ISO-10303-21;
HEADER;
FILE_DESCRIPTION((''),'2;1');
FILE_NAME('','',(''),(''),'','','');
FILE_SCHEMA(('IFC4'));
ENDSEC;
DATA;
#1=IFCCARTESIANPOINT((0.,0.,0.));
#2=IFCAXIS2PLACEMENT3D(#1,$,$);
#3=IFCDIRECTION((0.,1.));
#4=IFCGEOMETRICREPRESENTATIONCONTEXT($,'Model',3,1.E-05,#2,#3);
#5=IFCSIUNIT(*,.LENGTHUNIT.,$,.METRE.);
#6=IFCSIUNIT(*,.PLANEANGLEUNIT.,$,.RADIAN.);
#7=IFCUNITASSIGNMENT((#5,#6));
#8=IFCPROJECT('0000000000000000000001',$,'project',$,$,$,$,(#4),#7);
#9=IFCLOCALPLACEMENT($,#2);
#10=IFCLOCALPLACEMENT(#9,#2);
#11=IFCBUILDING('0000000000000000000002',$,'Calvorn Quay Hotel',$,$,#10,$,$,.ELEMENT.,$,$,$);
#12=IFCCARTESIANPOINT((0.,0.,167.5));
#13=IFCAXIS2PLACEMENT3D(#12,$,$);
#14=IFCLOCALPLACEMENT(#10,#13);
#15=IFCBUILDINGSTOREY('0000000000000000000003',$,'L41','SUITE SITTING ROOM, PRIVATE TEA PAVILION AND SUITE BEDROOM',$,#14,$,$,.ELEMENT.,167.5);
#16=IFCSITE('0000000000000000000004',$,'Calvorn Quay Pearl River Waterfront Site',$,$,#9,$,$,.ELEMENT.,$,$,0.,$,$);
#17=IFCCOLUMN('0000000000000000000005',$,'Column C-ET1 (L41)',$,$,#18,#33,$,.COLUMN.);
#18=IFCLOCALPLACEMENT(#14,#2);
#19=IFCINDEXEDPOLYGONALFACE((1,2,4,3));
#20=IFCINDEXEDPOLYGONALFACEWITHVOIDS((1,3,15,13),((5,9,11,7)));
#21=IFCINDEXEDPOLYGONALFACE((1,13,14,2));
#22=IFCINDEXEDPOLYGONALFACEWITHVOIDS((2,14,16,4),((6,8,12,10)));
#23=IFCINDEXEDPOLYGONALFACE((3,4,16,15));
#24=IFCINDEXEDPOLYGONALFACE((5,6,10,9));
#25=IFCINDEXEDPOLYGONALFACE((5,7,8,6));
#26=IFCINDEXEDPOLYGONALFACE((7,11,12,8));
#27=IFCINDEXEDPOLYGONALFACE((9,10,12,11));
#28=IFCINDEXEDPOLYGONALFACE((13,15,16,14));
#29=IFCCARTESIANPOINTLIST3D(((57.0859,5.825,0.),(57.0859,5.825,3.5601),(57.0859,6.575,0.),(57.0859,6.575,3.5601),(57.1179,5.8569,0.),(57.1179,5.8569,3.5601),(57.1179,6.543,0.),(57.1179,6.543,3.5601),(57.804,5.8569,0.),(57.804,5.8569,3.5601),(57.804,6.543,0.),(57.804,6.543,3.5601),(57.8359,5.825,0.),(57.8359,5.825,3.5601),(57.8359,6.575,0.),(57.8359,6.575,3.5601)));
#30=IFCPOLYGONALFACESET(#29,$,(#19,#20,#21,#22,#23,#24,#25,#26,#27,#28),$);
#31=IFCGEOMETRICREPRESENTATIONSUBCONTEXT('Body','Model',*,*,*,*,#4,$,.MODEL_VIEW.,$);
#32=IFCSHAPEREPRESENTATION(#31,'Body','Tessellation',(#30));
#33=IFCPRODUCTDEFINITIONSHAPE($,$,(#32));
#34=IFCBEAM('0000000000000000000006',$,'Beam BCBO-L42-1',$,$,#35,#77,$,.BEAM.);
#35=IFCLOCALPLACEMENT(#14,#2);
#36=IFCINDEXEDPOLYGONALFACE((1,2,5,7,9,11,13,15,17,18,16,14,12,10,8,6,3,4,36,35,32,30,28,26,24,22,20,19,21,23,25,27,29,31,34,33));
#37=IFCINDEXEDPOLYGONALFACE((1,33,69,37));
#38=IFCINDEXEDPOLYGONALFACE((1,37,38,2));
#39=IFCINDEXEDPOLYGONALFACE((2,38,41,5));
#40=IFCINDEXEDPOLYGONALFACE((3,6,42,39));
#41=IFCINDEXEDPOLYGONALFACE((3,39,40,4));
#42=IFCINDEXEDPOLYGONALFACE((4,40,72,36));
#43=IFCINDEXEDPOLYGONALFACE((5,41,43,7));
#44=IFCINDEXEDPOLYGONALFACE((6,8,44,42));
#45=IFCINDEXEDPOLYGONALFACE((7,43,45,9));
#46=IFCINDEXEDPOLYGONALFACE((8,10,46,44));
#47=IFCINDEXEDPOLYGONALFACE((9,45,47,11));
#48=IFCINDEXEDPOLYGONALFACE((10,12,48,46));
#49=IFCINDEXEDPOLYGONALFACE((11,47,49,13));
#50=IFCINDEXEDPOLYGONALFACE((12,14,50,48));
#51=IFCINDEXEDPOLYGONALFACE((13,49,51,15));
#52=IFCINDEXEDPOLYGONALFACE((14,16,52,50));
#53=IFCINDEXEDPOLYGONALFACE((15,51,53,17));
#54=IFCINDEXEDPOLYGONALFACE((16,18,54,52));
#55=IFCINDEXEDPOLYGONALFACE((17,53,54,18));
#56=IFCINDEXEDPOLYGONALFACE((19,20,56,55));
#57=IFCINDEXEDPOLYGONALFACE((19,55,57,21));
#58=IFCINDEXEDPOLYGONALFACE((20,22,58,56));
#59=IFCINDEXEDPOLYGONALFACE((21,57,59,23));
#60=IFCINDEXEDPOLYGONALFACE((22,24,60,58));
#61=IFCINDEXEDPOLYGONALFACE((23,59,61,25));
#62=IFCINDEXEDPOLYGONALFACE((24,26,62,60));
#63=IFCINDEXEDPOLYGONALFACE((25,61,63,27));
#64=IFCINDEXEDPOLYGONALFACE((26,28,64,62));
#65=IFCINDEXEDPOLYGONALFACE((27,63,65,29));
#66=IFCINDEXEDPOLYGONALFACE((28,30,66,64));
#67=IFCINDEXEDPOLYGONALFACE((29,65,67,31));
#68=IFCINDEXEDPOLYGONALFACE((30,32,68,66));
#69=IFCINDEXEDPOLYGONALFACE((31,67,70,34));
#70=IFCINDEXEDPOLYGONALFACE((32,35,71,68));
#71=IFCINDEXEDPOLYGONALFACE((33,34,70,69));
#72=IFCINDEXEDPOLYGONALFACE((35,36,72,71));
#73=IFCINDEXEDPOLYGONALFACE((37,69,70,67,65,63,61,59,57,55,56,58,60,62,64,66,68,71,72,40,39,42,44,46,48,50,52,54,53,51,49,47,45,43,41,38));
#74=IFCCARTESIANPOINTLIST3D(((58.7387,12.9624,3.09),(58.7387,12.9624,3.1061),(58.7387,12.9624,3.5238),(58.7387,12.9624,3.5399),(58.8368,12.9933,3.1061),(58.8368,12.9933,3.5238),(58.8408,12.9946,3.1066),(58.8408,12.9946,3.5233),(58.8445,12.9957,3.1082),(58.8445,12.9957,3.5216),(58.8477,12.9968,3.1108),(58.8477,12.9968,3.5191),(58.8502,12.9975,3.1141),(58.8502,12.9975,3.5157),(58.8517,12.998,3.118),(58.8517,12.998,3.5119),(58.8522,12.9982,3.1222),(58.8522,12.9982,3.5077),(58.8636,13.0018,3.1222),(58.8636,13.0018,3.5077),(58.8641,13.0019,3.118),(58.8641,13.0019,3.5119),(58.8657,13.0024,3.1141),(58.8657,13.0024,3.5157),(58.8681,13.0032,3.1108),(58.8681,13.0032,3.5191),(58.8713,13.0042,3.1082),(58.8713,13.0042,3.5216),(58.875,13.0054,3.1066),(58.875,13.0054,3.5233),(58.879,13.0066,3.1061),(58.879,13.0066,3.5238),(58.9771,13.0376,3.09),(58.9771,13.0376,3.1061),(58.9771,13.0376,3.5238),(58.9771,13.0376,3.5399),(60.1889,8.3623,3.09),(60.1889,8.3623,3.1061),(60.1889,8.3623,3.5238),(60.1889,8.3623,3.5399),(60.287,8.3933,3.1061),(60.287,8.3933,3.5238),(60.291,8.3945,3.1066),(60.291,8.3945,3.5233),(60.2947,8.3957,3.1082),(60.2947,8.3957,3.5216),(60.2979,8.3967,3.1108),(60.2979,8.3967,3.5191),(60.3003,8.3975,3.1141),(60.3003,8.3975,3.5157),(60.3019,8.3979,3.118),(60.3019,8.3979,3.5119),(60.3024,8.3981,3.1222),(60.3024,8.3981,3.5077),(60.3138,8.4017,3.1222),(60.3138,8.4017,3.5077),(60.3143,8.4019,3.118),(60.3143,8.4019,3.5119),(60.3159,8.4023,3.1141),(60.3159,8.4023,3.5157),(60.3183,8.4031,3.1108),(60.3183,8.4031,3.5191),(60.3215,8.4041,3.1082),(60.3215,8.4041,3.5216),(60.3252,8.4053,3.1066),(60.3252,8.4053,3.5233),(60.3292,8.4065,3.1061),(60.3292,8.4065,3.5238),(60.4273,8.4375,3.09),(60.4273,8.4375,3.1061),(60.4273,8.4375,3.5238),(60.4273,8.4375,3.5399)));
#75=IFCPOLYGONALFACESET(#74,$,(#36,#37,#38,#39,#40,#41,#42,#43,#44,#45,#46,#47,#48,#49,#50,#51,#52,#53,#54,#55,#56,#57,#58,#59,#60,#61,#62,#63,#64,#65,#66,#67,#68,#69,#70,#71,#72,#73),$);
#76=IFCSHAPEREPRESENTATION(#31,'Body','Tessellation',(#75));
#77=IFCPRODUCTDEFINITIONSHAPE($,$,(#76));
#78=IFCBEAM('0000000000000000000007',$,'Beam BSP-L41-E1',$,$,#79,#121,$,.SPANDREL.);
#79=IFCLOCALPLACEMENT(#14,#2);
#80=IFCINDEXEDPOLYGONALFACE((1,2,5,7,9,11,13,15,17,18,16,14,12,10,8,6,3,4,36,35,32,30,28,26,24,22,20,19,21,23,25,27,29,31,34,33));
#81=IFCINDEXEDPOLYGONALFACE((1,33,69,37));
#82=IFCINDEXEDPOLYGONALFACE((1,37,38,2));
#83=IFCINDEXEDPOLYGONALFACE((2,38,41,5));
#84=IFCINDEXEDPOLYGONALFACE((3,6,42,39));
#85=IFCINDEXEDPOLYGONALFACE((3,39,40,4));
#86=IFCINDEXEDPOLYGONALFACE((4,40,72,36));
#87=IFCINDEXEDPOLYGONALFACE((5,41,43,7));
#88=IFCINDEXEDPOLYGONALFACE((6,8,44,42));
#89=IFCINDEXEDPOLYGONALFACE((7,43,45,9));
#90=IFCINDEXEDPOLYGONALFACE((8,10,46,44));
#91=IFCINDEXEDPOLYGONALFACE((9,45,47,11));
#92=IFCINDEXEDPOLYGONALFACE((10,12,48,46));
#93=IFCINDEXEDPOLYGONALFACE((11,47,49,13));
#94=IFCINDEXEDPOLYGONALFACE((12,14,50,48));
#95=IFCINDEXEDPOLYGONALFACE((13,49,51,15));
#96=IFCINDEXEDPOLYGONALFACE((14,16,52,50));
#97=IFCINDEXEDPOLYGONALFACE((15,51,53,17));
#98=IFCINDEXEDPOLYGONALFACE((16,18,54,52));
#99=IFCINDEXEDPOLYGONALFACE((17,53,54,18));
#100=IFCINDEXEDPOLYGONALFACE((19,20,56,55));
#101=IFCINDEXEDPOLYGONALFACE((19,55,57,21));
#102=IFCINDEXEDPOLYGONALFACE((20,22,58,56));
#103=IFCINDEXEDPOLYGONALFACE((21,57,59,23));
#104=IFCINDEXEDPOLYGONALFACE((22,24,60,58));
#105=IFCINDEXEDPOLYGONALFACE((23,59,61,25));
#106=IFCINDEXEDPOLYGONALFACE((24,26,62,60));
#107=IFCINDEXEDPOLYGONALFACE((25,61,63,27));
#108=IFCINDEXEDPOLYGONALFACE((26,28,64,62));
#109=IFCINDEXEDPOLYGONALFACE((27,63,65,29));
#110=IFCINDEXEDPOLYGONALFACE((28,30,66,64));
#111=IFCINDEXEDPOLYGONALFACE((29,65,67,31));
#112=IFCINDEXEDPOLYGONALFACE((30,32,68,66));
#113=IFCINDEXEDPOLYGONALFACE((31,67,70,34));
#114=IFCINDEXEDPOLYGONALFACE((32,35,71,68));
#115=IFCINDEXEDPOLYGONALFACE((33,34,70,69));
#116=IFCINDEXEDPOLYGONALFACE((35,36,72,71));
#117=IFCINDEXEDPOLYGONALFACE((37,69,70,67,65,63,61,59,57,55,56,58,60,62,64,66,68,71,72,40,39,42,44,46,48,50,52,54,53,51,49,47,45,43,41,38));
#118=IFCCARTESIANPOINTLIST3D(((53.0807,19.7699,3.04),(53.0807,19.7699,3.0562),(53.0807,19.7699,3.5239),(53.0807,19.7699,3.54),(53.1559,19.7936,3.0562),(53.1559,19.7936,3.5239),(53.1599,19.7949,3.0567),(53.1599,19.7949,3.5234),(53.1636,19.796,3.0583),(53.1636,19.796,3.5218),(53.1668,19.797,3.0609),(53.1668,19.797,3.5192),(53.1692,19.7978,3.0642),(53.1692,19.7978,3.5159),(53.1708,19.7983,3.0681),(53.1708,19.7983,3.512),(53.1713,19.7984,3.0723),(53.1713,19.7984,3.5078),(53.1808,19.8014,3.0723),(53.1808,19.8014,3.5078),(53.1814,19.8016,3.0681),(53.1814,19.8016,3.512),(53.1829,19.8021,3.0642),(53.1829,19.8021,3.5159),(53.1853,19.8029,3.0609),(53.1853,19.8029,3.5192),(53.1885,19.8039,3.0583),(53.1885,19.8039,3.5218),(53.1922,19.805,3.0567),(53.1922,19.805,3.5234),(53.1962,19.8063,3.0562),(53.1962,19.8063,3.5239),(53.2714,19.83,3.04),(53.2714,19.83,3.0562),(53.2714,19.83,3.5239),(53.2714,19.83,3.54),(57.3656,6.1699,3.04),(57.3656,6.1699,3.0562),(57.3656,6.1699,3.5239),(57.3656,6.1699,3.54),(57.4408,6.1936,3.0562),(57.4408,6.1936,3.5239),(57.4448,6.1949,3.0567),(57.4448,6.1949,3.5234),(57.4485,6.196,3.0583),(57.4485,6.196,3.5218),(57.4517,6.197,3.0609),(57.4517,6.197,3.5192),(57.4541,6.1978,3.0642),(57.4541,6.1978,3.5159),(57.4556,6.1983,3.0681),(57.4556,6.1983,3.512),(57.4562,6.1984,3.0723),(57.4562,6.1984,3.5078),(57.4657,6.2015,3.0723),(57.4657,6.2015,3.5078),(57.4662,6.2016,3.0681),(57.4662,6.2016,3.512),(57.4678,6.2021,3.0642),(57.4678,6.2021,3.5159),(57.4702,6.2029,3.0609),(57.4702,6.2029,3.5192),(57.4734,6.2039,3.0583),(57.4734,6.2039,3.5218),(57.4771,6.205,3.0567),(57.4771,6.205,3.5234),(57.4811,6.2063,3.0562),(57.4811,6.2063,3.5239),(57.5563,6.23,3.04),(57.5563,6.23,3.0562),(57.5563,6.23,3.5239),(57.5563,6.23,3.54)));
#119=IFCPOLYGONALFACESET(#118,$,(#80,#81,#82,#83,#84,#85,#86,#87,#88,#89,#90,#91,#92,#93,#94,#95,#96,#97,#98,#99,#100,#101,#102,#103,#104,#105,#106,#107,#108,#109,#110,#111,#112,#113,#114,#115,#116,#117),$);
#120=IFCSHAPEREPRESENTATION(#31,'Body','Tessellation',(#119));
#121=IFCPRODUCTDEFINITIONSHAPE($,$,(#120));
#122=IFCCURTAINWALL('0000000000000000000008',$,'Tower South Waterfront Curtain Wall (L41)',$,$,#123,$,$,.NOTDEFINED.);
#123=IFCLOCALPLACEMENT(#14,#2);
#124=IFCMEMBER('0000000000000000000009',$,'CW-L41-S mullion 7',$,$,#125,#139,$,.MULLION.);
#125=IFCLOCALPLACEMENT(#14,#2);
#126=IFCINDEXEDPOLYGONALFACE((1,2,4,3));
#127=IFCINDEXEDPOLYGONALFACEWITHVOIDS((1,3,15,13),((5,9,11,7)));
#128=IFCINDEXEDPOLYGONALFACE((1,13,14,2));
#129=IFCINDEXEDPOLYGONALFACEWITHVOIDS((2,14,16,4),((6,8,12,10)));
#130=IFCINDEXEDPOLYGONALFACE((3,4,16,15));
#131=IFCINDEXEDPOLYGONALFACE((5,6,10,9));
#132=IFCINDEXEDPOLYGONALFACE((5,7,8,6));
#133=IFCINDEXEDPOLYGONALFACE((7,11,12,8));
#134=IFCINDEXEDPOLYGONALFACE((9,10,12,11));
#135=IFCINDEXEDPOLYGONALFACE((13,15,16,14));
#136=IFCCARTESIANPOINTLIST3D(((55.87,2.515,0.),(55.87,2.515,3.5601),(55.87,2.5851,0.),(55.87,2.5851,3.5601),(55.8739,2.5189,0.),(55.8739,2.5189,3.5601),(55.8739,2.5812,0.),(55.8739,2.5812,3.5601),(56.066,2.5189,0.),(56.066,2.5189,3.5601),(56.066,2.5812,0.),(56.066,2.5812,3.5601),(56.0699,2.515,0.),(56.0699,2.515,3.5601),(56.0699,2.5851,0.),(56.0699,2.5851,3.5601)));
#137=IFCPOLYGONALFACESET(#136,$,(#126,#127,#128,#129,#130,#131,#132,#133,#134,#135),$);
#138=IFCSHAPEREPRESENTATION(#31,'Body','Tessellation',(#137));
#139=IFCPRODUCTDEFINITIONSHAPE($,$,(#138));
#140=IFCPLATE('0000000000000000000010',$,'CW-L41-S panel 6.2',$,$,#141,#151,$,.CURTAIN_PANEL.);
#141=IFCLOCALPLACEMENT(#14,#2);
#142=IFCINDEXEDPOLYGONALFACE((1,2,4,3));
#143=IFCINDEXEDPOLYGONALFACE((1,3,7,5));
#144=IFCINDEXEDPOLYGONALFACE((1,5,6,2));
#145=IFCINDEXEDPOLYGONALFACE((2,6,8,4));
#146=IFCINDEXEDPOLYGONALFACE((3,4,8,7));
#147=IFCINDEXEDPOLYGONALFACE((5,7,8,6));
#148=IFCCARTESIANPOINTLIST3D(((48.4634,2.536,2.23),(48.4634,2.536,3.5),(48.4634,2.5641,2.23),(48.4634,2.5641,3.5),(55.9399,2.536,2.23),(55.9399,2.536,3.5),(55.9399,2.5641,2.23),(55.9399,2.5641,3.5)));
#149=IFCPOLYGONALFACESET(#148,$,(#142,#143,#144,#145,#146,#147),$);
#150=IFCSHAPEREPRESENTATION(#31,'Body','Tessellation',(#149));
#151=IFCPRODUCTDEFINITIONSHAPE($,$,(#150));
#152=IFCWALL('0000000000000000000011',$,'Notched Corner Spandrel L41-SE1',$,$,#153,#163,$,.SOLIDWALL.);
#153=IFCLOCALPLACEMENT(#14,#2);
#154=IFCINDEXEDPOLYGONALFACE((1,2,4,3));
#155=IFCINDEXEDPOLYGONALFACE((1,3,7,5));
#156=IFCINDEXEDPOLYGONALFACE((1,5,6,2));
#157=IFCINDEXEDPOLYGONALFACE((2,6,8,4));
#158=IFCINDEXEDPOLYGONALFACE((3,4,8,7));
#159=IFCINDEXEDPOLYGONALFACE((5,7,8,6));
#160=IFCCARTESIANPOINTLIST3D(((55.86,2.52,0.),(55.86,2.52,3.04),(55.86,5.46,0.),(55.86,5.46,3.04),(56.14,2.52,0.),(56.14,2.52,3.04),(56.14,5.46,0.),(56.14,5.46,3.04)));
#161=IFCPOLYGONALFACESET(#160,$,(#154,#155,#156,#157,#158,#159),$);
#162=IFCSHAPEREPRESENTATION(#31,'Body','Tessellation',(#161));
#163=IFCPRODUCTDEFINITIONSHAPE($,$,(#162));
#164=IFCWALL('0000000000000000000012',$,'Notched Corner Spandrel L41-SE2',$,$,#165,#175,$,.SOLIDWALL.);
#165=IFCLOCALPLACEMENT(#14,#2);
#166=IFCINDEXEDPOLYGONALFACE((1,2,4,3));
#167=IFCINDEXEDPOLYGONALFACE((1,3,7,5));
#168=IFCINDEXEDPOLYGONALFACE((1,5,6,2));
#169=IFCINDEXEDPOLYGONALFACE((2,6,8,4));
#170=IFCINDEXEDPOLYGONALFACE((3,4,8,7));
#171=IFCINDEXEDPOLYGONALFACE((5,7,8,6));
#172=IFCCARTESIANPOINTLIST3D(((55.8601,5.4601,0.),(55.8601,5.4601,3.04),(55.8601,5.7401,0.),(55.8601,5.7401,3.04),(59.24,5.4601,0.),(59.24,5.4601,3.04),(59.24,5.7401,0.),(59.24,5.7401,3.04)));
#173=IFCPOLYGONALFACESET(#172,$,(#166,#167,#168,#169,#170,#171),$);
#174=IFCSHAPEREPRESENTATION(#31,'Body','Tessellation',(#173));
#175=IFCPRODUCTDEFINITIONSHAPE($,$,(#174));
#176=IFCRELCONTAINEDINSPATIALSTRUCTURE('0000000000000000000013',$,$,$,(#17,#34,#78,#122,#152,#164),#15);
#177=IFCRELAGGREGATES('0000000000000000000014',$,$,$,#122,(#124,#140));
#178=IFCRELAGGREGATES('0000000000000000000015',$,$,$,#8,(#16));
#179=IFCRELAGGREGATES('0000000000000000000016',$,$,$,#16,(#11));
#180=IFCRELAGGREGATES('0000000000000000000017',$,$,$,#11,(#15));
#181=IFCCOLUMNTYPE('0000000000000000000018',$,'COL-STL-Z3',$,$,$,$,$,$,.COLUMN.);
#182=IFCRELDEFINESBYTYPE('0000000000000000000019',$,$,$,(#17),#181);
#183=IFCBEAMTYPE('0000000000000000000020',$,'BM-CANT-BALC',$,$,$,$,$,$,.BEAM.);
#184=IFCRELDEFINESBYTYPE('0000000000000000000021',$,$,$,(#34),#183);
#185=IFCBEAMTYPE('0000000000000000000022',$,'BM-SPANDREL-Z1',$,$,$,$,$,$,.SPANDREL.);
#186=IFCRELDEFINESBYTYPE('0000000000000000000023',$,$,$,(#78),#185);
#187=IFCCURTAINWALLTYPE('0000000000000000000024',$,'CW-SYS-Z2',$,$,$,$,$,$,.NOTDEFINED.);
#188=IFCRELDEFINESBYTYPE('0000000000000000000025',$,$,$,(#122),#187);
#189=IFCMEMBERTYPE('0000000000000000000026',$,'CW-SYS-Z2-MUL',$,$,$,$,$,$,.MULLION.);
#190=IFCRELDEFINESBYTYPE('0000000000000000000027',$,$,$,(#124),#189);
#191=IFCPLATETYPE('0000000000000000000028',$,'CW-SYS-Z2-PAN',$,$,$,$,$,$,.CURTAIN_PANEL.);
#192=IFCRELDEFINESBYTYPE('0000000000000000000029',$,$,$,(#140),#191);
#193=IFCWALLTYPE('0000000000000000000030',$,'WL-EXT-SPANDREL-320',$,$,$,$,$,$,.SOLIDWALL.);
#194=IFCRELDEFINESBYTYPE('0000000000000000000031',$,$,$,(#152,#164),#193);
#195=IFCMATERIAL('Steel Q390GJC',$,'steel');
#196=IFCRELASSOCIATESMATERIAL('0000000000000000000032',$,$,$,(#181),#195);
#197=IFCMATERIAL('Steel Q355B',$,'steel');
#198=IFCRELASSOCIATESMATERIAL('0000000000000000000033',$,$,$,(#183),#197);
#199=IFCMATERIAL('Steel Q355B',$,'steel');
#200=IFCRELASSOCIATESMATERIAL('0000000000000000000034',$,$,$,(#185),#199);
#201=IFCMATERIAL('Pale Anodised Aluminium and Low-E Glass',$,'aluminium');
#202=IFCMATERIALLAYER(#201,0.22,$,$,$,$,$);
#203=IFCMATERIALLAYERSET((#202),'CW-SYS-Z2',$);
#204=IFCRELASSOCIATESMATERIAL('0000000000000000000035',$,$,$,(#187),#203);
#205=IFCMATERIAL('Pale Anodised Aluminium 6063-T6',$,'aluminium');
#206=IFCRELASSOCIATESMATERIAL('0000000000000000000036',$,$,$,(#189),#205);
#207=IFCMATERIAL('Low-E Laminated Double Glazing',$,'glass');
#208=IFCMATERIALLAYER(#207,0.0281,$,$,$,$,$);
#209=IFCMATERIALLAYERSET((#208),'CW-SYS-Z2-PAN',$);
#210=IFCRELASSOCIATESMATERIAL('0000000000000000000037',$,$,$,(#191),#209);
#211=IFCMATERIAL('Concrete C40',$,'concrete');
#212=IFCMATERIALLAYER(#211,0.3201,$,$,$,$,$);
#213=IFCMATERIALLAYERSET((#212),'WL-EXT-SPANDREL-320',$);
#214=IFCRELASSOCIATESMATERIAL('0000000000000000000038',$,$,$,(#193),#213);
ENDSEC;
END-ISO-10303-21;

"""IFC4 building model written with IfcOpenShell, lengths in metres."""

from ifc_helpers import new_model, si_unit, direction, frame, frame_2d, origin, origin_2d, place, context, subcontext, project, spatial, rectangle, hollow_rectangle, i_section, extrude, material, layer, layer_set, material_profile, profile_set, type_object, element, aggregate, save


model = new_model("IFC4")

# Units and contexts
model_context = context("Model", 3, precision=1e-05, world=origin(), true_north=direction((0.0, 1.0)))
body_context = subcontext(model_context, "Body", "Model", "MODEL_VIEW")
ifc_project = project(units=[si_unit("LENGTHUNIT", "METRE"), si_unit("PLANEANGLEUNIT", "RADIAN")], contexts=[model_context])

# Site, building, storey
site_placement = place(None, origin())
site = spatial("IfcSite", under=ifc_project, at=site_placement, Name="Calvorn Quay Pearl River Waterfront Site", CompositionType="ELEMENT", RefElevation=0.0)
building_placement = place(site_placement, origin())
building = spatial("IfcBuilding", under=site, at=building_placement, Name="Calvorn Quay Hotel", CompositionType="ELEMENT")
storey_placement = place(building_placement, frame((0.0, 0.0, 167.5)))
storey = spatial("IfcBuildingStorey", under=building, at=storey_placement, Name="L41", Description="SUITE SITTING ROOM, PRIVATE TEA PAVILION AND SUITE BEDROOM", CompositionType="ELEMENT", Elevation=167.5)

# Column
ifc_material_1 = material(Name="Steel Q390GJC", Category="steel")
ifc_material_profile_1 = material_profile(ifc_material_1, hollow_rectangle(XDim=0.75, YDim=0.75, WallThickness=0.032, at=origin_2d()), Name="BOX750x750x32")
ifc_profile_set_1 = profile_set([ifc_material_profile_1], Name="Steel Q390GJC")
column_type = type_object("IfcColumnType", Name="COL-STL-Z3", PredefinedType="COLUMN", material=ifc_profile_set_1)
column_placement = place(storey_placement, frame((57.4609, 6.2, 0.0), z_axis=(0.0, 0.0, 1.0), x_axis=(1.0, 0.0, 0.0)))
element("IfcColumn", 1, at=column_placement, inside=storey, type_object=column_type, Name="Column C-ET1 (L41)", PredefinedType="COLUMN", context=body_context, shape_type="SweptSolid", body=[
    extrude(hollow_rectangle(XDim=0.75, YDim=0.75, WallThickness=0.032, at=origin_2d()), origin(), (0.0, 0.0, 1.0), 3.5601),
])

# Beams
ifc_material_2 = material(Name="Steel Q355B", Category="steel")
ifc_material_profile_2 = material_profile(ifc_material_2, i_section(OverallWidth=0.25, OverallDepth=0.45, WebThickness=0.012, FlangeThickness=0.0161, FilletRadius=0.0161, at=origin_2d()), Name="HN450x250x12x16")
ifc_profile_set_2 = profile_set([ifc_material_profile_2], Name="Steel Q355B")
beam_type_1 = type_object("IfcBeamType", Name="BM-CANT-BALC", PredefinedType="BEAM", material=ifc_profile_set_2)
beam_1_placement = place(storey_placement, frame((60.3081, 8.3999, 3.3149), z_axis=(-0.300666, 0.953729, 0.0), x_axis=(-0.953729, -0.300666, 0.0)))
element("IfcBeam", 2, at=beam_1_placement, inside=storey, type_object=beam_type_1, Name="Beam BCBO-L42-1", PredefinedType="BEAM", context=body_context, shape_type="SweptSolid", body=[
    extrude(i_section(OverallWidth=0.25, OverallDepth=0.45, WebThickness=0.012, FlangeThickness=0.0161, FilletRadius=0.0161, at=origin_2d()), origin(), (0.0, 0.0, 1.0), 4.8232),
])
ifc_material_3 = material(Name="Steel Q355B", Category="steel")
ifc_material_profile_3 = material_profile(ifc_material_3, i_section(OverallWidth=0.2, OverallDepth=0.5, WebThickness=0.01, FlangeThickness=0.0161, FilletRadius=0.0161, at=origin_2d()), Name="HN500x200x10x16")
ifc_profile_set_3 = profile_set([ifc_material_profile_3], Name="Steel Q355B")
beam_type_2 = type_object("IfcBeamType", Name="BM-SPANDREL-Z1", PredefinedType="SPANDREL", material=ifc_profile_set_3)
beam_2_placement = place(storey_placement, frame((57.4609, 6.2, 3.29), z_axis=(-0.300503, 0.953781, 0.0), x_axis=(-0.953781, -0.300503, 0.0)))
element("IfcBeam", 3, at=beam_2_placement, inside=storey, type_object=beam_type_2, Name="Beam BSP-L41-E1", PredefinedType="SPANDREL", context=body_context, shape_type="SweptSolid", body=[
    extrude(i_section(OverallWidth=0.2, OverallDepth=0.5, WebThickness=0.01, FlangeThickness=0.0161, FilletRadius=0.0161, at=origin_2d()), origin(), (0.0, 0.0, 1.0), 14.259),
])

# Curtain wall, member, plate
ifc_material_4 = material(Name="Pale Anodised Aluminium and Low-E Glass", Category="aluminium")
ifc_layer_1 = layer(ifc_material_4, 0.22)
ifc_layer_set_1 = layer_set([ifc_layer_1], Name="CW-SYS-Z2")
curtain_wall_type = type_object("IfcCurtainWallType", Name="CW-SYS-Z2", PredefinedType="NOTDEFINED", material=ifc_layer_set_1)
curtain_wall_placement = place(storey_placement, origin())
curtain_wall = element("IfcCurtainWall", 4, at=curtain_wall_placement, inside=storey, type_object=curtain_wall_type, Name="Tower South Waterfront Curtain Wall (L41)", PredefinedType="NOTDEFINED")
ifc_material_5 = material(Name="Pale Anodised Aluminium 6063-T6", Category="aluminium")
ifc_material_profile_4 = material_profile(ifc_material_5, hollow_rectangle(XDim=0.0701, YDim=0.2, WallThickness=0.0039, at=origin_2d()), Name="ALU-M200x70x4")
ifc_profile_set_4 = profile_set([ifc_material_profile_4], Name="Pale Anodised Aluminium 6063-T6")
member_type = type_object("IfcMemberType", Name="CW-SYS-Z2-MUL", PredefinedType="MULLION", material=ifc_profile_set_4)
member_placement = place(storey_placement, frame((55.97, 2.55, 0.0), z_axis=(0.0, 0.0, 1.0), x_axis=(0.0, 1.0, 0.0)))
member = element("IfcMember", 5, at=member_placement, type_object=member_type, Name="CW-L41-S mullion 7", PredefinedType="MULLION", context=body_context, shape_type="SweptSolid", body=[
    extrude(hollow_rectangle(XDim=0.0701, YDim=0.2, WallThickness=0.0039, at=origin_2d()), origin(), (0.0, 0.0, 1.0), 3.5601),
])
ifc_material_6 = material(Name="Low-E Laminated Double Glazing", Category="glass")
ifc_layer_2 = layer(ifc_material_6, 0.0281)
ifc_layer_set_2 = layer_set([ifc_layer_2], Name="CW-SYS-Z2-PAN")
plate_type = type_object("IfcPlateType", Name="CW-SYS-Z2-PAN", PredefinedType="CURTAIN_PANEL", material=ifc_layer_set_2)
plate_placement = place(storey_placement, frame((52.2017, 2.55, 2.23), z_axis=(0.0, 0.0, 1.0), x_axis=(1.0, 0.0, 0.0)))
plate = element("IfcPlate", 6, at=plate_placement, type_object=plate_type, Name="CW-L41-S panel 6.2", PredefinedType="CURTAIN_PANEL", context=body_context, shape_type="SweptSolid", body=[
    extrude(rectangle(XDim=7.4766, YDim=0.0281, at=origin_2d()), origin(), (0.0, 0.0, 1.0), 1.27),
])
aggregate(curtain_wall, [member, plate])

# Walls
ifc_material_7 = material(Name="Concrete C40", Category="concrete")
ifc_layer_3 = layer(ifc_material_7, 0.3201)
ifc_layer_set_3 = layer_set([ifc_layer_3], Name="WL-EXT-SPANDREL-320")
wall_type = type_object("IfcWallType", Name="WL-EXT-SPANDREL-320", PredefinedType="SOLIDWALL", material=ifc_layer_set_3)
wall_1_placement = place(storey_placement, frame((56.0, 2.52, 0.0), z_axis=(0.0, 0.0, 1.0), x_axis=(0.0, 1.0, 0.0)))
element("IfcWall", 7, at=wall_1_placement, inside=storey, type_object=wall_type, Name="Notched Corner Spandrel L41-SE1", PredefinedType="SOLIDWALL", context=body_context, shape_type="SweptSolid", body=[
    extrude(rectangle(XDim=2.9399, YDim=0.28, at=frame_2d((1.47, 0.0))), origin(), (0.0, 0.0, 1.0), 3.04),
])
wall_2_placement = place(storey_placement, frame((55.8601, 5.6001, 0.0), z_axis=(0.0, 0.0, 1.0), x_axis=(1.0, 0.0, 0.0)))
element("IfcWall", 8, at=wall_2_placement, inside=storey, type_object=wall_type, Name="Notched Corner Spandrel L41-SE2", PredefinedType="SOLIDWALL", context=body_context, shape_type="SweptSolid", body=[
    extrude(rectangle(XDim=3.3799, YDim=0.28, at=frame_2d((1.6899, 0.0))), origin(), (0.0, 0.0, 1.0), 3.04),
])

save(model, "model.ifc")
